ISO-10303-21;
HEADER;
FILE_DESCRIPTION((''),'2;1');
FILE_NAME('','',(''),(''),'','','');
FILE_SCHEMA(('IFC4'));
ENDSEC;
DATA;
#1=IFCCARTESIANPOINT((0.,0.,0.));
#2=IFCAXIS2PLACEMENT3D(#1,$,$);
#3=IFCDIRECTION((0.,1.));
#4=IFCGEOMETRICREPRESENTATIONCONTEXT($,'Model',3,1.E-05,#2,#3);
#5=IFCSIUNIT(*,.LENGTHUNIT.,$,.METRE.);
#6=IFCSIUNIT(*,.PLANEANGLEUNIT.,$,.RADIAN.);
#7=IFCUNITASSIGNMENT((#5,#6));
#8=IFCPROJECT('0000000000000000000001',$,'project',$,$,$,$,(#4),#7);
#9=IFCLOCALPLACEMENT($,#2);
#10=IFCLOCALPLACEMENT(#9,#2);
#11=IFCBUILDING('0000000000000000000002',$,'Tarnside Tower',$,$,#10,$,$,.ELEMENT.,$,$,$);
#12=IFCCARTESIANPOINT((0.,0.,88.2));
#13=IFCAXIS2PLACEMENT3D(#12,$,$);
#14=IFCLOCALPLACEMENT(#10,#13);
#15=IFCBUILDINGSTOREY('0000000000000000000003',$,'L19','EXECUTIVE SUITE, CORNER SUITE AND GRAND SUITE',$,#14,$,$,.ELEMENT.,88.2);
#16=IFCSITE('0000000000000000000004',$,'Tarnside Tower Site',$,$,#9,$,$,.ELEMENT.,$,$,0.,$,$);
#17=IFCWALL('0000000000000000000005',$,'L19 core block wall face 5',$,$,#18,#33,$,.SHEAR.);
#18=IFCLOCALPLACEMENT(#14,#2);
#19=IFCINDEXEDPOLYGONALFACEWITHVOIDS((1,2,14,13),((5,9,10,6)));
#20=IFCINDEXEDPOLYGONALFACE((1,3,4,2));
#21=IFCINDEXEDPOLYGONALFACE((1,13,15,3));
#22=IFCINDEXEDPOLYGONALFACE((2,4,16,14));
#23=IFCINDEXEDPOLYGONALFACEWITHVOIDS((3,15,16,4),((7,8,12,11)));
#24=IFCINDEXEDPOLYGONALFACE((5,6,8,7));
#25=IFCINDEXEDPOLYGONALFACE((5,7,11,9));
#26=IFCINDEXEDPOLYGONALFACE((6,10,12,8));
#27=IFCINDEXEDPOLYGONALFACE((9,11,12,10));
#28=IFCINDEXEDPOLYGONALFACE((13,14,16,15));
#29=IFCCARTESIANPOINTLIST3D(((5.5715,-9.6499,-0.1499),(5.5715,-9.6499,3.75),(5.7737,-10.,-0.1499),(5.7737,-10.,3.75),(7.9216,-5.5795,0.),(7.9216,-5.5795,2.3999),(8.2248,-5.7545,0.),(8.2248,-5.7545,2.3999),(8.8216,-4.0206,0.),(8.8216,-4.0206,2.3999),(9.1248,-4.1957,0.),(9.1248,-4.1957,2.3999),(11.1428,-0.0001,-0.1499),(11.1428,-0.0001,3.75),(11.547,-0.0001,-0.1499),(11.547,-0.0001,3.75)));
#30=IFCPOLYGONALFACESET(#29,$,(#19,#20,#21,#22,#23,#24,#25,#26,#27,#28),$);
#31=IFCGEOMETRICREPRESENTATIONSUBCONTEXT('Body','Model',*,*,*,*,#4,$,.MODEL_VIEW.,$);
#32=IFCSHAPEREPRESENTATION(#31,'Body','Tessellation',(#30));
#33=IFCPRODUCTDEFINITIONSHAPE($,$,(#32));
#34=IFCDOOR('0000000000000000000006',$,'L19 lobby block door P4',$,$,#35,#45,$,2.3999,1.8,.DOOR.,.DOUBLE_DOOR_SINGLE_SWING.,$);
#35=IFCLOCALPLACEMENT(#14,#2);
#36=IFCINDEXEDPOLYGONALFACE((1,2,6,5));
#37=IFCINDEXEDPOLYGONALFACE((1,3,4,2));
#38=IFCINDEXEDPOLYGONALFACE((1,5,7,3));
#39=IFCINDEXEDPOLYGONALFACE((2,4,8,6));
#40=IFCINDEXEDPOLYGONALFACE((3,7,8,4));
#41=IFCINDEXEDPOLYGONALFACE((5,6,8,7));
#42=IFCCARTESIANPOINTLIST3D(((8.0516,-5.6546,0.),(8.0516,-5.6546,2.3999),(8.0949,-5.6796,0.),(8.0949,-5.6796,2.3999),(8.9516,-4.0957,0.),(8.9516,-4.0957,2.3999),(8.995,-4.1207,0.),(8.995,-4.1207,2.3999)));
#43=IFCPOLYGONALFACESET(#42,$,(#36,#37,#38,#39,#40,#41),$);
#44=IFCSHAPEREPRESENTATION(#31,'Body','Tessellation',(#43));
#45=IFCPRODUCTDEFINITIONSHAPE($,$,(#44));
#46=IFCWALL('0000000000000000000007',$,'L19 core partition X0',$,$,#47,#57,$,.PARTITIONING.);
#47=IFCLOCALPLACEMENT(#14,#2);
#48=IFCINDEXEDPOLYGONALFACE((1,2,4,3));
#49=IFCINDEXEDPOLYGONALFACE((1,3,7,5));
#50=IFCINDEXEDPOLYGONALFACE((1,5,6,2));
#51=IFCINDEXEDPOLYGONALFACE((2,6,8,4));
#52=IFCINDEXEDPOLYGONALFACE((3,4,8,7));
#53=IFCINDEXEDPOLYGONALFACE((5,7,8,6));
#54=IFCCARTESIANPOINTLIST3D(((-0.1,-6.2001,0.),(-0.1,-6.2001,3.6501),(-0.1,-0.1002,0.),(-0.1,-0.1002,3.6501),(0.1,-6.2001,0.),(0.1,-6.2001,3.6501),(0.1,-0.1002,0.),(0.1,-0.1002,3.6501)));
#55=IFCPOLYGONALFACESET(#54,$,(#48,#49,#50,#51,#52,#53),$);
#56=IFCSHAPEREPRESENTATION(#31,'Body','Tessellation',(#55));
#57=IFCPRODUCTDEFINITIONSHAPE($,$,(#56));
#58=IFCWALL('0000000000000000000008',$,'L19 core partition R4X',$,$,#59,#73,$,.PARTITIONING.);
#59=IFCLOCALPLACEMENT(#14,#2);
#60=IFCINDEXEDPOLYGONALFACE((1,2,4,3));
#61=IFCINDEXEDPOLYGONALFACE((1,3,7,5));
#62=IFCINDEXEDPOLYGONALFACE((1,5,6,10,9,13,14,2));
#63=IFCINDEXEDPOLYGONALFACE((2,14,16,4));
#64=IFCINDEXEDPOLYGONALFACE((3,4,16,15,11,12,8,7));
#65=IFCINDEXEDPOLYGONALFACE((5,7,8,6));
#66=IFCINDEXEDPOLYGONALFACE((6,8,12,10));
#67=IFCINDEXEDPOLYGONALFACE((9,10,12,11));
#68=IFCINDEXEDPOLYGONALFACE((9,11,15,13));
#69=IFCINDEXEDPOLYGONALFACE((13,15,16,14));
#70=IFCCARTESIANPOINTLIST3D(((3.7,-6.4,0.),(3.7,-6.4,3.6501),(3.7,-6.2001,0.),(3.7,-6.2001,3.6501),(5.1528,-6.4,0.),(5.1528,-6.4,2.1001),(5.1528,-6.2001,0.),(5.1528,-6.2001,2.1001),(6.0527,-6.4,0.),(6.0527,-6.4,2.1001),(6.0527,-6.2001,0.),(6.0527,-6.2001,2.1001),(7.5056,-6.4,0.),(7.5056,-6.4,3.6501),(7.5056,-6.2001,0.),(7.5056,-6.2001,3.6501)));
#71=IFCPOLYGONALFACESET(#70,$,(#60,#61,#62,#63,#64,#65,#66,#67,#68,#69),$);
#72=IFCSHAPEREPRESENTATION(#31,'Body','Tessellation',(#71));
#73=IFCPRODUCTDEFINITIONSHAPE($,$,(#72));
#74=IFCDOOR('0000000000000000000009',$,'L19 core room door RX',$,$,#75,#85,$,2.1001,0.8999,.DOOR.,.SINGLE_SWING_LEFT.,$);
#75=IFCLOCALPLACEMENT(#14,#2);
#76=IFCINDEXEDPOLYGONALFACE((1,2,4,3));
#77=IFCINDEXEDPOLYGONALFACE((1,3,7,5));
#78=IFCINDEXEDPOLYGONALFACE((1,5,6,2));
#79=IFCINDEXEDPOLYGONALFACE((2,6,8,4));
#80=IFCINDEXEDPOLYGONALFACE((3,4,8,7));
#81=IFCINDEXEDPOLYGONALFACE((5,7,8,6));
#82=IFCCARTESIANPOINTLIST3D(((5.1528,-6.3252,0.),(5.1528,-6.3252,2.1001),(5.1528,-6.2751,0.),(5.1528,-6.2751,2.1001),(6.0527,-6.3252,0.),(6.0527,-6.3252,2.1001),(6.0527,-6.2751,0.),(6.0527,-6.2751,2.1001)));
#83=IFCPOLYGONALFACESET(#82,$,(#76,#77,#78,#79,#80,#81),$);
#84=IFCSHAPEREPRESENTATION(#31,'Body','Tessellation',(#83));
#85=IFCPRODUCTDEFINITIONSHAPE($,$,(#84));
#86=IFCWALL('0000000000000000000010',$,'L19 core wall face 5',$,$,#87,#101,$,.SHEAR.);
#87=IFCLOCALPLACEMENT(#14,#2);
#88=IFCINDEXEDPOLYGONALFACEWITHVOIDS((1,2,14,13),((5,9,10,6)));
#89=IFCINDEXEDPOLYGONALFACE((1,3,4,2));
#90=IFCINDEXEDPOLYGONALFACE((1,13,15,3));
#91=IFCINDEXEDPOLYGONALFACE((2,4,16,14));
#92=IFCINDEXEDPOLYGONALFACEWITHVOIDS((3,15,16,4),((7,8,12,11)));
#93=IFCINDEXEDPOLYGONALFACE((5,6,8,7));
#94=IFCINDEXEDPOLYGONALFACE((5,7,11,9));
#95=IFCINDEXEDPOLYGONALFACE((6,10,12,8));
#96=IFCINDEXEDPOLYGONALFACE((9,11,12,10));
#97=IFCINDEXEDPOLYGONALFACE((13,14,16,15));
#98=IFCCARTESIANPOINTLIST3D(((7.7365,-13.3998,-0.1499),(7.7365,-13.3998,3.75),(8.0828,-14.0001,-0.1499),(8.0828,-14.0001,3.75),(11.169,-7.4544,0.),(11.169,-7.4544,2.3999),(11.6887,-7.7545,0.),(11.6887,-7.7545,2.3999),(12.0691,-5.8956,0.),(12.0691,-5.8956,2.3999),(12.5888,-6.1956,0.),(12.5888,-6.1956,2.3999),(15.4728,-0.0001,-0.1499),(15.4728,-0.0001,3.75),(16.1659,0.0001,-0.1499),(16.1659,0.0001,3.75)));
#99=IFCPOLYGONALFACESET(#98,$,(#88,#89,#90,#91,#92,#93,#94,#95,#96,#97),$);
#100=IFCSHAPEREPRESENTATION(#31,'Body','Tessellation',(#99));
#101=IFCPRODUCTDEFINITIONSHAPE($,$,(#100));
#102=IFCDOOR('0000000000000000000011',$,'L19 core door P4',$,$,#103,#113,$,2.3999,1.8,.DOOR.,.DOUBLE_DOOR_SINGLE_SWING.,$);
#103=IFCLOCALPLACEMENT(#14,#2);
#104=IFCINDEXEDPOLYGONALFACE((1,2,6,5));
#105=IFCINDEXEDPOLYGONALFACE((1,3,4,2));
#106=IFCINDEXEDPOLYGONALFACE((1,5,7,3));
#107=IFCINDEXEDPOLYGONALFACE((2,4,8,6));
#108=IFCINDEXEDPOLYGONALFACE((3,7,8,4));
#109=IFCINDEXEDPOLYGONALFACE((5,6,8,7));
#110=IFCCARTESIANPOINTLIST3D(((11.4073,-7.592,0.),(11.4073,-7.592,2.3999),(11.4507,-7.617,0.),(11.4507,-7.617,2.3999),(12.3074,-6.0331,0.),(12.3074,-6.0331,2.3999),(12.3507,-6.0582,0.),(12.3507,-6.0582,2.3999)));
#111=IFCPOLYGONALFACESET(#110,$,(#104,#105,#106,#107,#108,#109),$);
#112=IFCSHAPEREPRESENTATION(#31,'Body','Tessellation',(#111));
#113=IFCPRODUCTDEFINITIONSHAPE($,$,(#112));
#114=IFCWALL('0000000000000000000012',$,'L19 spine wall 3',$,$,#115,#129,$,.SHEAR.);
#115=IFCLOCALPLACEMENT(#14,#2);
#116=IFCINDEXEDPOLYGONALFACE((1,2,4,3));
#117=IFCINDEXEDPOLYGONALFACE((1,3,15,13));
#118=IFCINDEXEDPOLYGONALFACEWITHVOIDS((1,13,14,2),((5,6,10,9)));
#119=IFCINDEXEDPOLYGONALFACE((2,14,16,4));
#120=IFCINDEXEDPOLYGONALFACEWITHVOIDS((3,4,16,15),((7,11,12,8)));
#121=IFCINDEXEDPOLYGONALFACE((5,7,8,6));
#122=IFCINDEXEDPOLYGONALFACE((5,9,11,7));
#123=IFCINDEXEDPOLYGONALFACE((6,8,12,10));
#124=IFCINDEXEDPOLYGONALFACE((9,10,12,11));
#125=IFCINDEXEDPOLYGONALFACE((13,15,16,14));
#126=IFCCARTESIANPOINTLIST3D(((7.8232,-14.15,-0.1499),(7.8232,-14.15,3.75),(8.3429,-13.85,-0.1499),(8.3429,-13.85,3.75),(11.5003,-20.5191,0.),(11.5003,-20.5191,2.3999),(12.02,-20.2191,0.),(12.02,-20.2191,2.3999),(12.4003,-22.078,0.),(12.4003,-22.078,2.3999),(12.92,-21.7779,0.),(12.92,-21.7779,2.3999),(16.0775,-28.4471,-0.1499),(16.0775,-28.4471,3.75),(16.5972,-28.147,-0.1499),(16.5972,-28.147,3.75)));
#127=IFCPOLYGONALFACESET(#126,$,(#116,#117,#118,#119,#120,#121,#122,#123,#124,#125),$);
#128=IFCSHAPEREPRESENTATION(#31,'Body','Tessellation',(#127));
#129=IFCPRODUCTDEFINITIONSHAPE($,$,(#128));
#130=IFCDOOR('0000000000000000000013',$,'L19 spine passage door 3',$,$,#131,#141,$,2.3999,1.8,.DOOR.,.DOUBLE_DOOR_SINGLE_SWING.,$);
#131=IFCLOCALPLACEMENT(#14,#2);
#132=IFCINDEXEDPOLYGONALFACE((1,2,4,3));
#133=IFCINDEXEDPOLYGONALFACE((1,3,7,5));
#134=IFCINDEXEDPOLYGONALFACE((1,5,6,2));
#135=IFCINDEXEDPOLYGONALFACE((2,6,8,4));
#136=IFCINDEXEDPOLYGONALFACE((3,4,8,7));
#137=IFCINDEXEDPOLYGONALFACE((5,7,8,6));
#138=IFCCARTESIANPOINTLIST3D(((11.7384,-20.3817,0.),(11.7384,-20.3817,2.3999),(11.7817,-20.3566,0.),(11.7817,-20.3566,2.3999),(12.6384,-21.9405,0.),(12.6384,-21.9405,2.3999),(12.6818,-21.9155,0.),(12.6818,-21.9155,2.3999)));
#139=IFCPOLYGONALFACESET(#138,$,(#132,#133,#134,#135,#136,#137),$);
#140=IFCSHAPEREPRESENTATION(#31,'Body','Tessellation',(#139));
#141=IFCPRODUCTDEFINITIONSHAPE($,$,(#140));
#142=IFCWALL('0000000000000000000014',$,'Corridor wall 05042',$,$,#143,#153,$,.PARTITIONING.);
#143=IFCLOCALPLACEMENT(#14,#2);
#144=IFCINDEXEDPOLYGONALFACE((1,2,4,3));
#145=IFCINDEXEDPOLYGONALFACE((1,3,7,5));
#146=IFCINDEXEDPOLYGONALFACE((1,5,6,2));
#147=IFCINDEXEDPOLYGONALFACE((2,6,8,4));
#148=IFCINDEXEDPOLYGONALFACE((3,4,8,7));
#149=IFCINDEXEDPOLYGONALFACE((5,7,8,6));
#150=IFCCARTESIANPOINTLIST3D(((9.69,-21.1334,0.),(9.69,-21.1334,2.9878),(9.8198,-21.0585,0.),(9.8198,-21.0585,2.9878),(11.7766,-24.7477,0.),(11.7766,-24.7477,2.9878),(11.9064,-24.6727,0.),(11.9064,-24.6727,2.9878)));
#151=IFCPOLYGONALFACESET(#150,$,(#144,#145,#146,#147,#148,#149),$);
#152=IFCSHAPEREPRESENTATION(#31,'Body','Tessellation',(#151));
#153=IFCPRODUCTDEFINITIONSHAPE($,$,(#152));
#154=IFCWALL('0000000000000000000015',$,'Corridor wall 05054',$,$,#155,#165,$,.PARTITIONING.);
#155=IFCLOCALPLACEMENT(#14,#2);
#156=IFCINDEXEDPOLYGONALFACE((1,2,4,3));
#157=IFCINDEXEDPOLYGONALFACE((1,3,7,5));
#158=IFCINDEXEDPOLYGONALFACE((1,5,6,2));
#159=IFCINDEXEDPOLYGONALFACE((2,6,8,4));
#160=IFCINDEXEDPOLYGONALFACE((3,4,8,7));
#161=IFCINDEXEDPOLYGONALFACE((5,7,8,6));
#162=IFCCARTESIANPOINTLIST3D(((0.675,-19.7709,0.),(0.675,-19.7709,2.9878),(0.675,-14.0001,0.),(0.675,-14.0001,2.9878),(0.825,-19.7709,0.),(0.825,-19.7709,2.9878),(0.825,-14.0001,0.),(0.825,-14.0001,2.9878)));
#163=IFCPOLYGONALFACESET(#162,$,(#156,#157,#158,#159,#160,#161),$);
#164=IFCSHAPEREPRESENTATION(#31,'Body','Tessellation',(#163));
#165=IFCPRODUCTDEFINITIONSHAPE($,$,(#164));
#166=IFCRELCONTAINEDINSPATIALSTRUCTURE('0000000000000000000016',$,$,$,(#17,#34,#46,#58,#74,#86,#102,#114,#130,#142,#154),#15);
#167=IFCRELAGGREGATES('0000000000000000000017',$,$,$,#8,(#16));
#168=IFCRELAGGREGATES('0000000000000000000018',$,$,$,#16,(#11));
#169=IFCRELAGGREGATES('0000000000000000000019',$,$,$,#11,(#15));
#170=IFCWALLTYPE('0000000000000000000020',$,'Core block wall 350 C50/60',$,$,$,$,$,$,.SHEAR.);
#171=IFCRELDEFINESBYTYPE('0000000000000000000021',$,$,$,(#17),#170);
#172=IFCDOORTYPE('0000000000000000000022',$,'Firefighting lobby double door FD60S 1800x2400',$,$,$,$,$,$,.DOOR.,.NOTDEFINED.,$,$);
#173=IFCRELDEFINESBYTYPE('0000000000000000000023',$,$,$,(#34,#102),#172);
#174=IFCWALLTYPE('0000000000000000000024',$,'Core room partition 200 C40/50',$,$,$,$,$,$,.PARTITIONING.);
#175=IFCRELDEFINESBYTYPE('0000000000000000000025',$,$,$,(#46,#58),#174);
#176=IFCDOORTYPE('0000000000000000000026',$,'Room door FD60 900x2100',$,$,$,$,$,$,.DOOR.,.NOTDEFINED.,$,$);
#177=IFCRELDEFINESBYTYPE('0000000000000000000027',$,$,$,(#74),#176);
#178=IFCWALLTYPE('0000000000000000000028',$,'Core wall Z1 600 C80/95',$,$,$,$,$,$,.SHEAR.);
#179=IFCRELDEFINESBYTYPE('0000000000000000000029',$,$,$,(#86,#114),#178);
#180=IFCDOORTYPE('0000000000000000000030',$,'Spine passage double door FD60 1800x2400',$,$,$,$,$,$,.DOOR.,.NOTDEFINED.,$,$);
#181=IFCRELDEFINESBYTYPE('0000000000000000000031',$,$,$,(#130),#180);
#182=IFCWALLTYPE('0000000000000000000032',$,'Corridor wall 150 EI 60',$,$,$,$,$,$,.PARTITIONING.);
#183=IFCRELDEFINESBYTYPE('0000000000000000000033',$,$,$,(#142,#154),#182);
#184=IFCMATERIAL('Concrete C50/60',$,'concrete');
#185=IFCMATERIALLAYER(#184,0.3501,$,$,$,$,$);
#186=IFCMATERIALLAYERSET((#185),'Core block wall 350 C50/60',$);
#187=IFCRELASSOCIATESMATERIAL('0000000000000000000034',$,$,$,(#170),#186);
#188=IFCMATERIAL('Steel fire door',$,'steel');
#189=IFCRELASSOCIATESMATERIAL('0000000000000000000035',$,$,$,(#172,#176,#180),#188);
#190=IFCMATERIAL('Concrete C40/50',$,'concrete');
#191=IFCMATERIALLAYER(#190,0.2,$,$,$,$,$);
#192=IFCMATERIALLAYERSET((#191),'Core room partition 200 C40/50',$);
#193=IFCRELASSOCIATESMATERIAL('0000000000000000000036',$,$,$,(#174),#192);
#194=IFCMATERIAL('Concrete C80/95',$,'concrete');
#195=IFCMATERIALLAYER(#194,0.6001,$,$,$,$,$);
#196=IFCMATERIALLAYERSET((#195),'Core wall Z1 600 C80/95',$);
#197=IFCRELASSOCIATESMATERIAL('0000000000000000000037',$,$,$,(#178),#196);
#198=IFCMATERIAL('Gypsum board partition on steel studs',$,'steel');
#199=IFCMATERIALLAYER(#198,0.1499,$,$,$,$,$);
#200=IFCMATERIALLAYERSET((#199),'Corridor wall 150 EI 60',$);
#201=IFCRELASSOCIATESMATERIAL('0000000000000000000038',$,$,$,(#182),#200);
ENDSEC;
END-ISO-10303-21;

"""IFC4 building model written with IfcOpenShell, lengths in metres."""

from ifc_helpers import new_model, si_unit, direction, frame, frame_2d, origin, place, context, subcontext, project, spatial, polyline, rectangle, outline, extrude, material, layer, layer_set, type_object, element, fill, save


model = new_model("IFC4")

# Units and contexts
model_context = context("Model", 3, precision=1e-05, world=origin(), true_north=direction((0.0, 1.0)))
body_context = subcontext(model_context, "Body", "Model", "MODEL_VIEW")
ifc_project = project(units=[si_unit("LENGTHUNIT", "METRE"), si_unit("PLANEANGLEUNIT", "RADIAN")], contexts=[model_context])

# Site, building, storey
site_placement = place(None, origin())
site = spatial("IfcSite", under=ifc_project, at=site_placement, Name="Tarnside Tower Site", CompositionType="ELEMENT", RefElevation=0.0)
building_placement = place(site_placement, origin())
building = spatial("IfcBuilding", under=site, at=building_placement, Name="Tarnside Tower", CompositionType="ELEMENT")
storey_placement = place(building_placement, frame((0.0, 0.0, 88.2)))
storey = spatial("IfcBuildingStorey", under=building, at=storey_placement, Name="L19", Description="EXECUTIVE SUITE, CORNER SUITE AND GRAND SUITE", CompositionType="ELEMENT", Elevation=88.2)

# Shared definitions
ifc_material_1 = material(Name="Gypsum board partition on steel studs", Category="steel")

# Wall, opening, door
ifc_material_2 = material(Name="Concrete C50/60", Category="concrete")
ifc_layer_1 = layer(ifc_material_2, 0.3501)
ifc_layer_set_1 = layer_set([ifc_layer_1], Name="Core block wall 350 C50/60")
wall_type_1 = type_object("IfcWallType", Name="Core block wall 350 C50/60", PredefinedType="SHEAR", material=ifc_layer_set_1)
wall_1_placement = place(storey_placement, frame((5.6726, -9.825, -0.1499), z_axis=(0.0, 0.0, 1.0), x_axis=(0.499995, 0.866028, 0.0)))
wall_1 = element("IfcWall", 1, at=wall_1_placement, inside=storey, type_object=wall_type_1, Name="L19 core block wall face 5", PredefinedType="SHEAR", context=body_context, shape_type="SweptSolid", body=[
    extrude(outline(polyline([(-0.1011, -0.175), (11.4458, -0.175), (11.2437, 0.175), (0.1011, 0.175), (-0.1011, -0.175)])), origin(), (0.0, 0.0, 1.0), 3.8999),
])
opening_1_placement = place(wall_1_placement, frame((4.8013, 0.0, 0.1499)))
opening_1 = element("IfcOpeningElement", 2, at=opening_1_placement, cuts=wall_1, PredefinedType="OPENING", context=body_context, shape_type="SweptSolid", body=[
    extrude(rectangle(XDim=1.8, YDim=2.3999, at=frame_2d((0.8999, 1.2))), frame((0.0, 0.1851, 0.0), z_axis=(0.0, -1.0, 0.0), x_axis=(1.0, 0.0, 0.0)), (0.0, 0.0, 1.0), 0.3701),
])
ifc_material_3 = material(Name="Steel fire door", Category="steel")
door_type_1 = type_object("IfcDoorType", Name="Firefighting lobby double door FD60S 1800x2400", OperationType="NOTDEFINED", PredefinedType="DOOR", material=ifc_material_3)
door_1_placement = place(opening_1_placement, origin())
door_1 = element("IfcDoor", 3, at=door_1_placement, inside=storey, type_object=door_type_1, Name="L19 lobby block door P4", OperationType="DOUBLE_DOOR_SINGLE_SWING", OverallHeight=2.3999, OverallWidth=1.8, PredefinedType="DOOR", context=body_context, shape_type="SweptSolid", body=[
    extrude(rectangle(XDim=1.8, YDim=2.3999, at=frame_2d((0.8999, 1.2))), frame((0.0, 0.0249, 0.0), z_axis=(0.0, -1.0, 0.0), x_axis=(1.0, 0.0, 0.0)), (0.0, 0.0, 1.0), 0.05),
])
fill(opening_1, door_1)

# Wall
ifc_material_4 = material(Name="Concrete C40/50", Category="concrete")
ifc_layer_2 = layer(ifc_material_4, 0.2)
ifc_layer_set_2 = layer_set([ifc_layer_2], Name="Core room partition 200 C40/50")
wall_type_2 = type_object("IfcWallType", Name="Core room partition 200 C40/50", PredefinedType="PARTITIONING", material=ifc_layer_set_2)
wall_2_placement = place(storey_placement, frame((0.0, -6.2, 0.0), z_axis=(0.0, 0.0, 1.0), x_axis=(0.0, 1.0, 0.0)))
element("IfcWall", 4, at=wall_2_placement, inside=storey, type_object=wall_type_2, Name="L19 core partition X0", PredefinedType="PARTITIONING", context=body_context, shape_type="SweptSolid", body=[
    extrude(rectangle(XDim=6.0999, YDim=0.2, at=frame_2d((3.0498, 0.0))), origin(), (0.0, 0.0, 1.0), 3.6501),
])

# Walls, openings, doors
wall_3_placement = place(storey_placement, frame((3.7, -6.3, 0.0), z_axis=(0.0, 0.0, 1.0), x_axis=(1.0, 0.0, 0.0)))
wall_3 = element("IfcWall", 5, at=wall_3_placement, inside=storey, type_object=wall_type_2, Name="L19 core partition R4X", PredefinedType="PARTITIONING", context=body_context, shape_type="SweptSolid", body=[
    extrude(rectangle(XDim=3.8057, YDim=0.2, at=frame_2d((1.9028, 0.0))), origin(), (0.0, 0.0, 1.0), 3.6501),
])
opening_2_placement = place(wall_3_placement, frame((1.4529, 0.0, 0.0)))
opening_2 = element("IfcOpeningElement", 6, at=opening_2_placement, cuts=wall_3, PredefinedType="OPENING", context=body_context, shape_type="SweptSolid", body=[
    extrude(rectangle(XDim=0.8999, YDim=2.1001, at=frame_2d((0.45, 1.05))), frame((0.0, 0.1099, 0.0), z_axis=(0.0, -1.0, 0.0), x_axis=(1.0, 0.0, 0.0)), (0.0, 0.0, 1.0), 0.22),
])
door_type_2 = type_object("IfcDoorType", Name="Room door FD60 900x2100", OperationType="NOTDEFINED", PredefinedType="DOOR", material=ifc_material_3)
door_2_placement = place(opening_2_placement, origin())
door_2 = element("IfcDoor", 7, at=door_2_placement, inside=storey, type_object=door_type_2, Name="L19 core room door RX", OperationType="SINGLE_SWING_LEFT", OverallHeight=2.1001, OverallWidth=0.8999, PredefinedType="DOOR", context=body_context, shape_type="SweptSolid", body=[
    extrude(rectangle(XDim=0.8999, YDim=2.1001, at=frame_2d((0.45, 1.05))), frame((0.0, 0.0249, 0.0), z_axis=(0.0, -1.0, 0.0), x_axis=(1.0, 0.0, 0.0)), (0.0, 0.0, 1.0), 0.05),
])
fill(opening_2, door_2)
ifc_material_5 = material(Name="Concrete C80/95", Category="concrete")
ifc_layer_3 = layer(ifc_material_5, 0.6001)
ifc_layer_set_3 = layer_set([ifc_layer_3], Name="Core wall Z1 600 C80/95")
wall_type_3 = type_object("IfcWallType", Name="Core wall Z1 600 C80/95", PredefinedType="SHEAR", material=ifc_layer_set_3)
wall_4_placement = place(storey_placement, frame((7.9097, -13.7, -0.1499), z_axis=(0.0, 0.0, 1.0), x_axis=(0.5, 0.866025, 0.0)))
wall_4 = element("IfcWall", 8, at=wall_4_placement, inside=storey, type_object=wall_type_3, Name="L19 core wall face 5", PredefinedType="SHEAR", context=body_context, shape_type="SweptSolid", body=[
    extrude(outline(polyline([(-0.1733, -0.3), (15.9927, -0.3), (15.646, 0.3), (0.1733, 0.3), (-0.1733, -0.3)])), origin(), (0.0, 0.0, 1.0), 3.8999),
])
opening_3_placement = place(wall_4_placement, frame((7.0386, 0.0, 0.1499)))
opening_3 = element("IfcOpeningElement", 9, at=opening_3_placement, cuts=wall_4, PredefinedType="OPENING", context=body_context, shape_type="SweptSolid", body=[
    extrude(rectangle(XDim=1.8, YDim=2.3999, at=frame_2d((0.8999, 1.2))), frame((0.0, 0.3101, 0.0), z_axis=(0.0, -1.0, 0.0), x_axis=(1.0, 0.0, 0.0)), (0.0, 0.0, 1.0), 0.6201),
])
door_3_placement = place(opening_3_placement, origin())
door_3 = element("IfcDoor", 10, at=door_3_placement, inside=storey, type_object=door_type_1, Name="L19 core door P4", OperationType="DOUBLE_DOOR_SINGLE_SWING", OverallHeight=2.3999, OverallWidth=1.8, PredefinedType="DOOR", context=body_context, shape_type="SweptSolid", body=[
    extrude(rectangle(XDim=1.8, YDim=2.3999, at=frame_2d((0.8999, 1.2))), frame((0.0, 0.0249, 0.0), z_axis=(0.0, -1.0, 0.0), x_axis=(1.0, 0.0, 0.0)), (0.0, 0.0, 1.0), 0.05),
])
fill(opening_3, door_3)
wall_5_placement = place(storey_placement, frame((8.083, -14.0, -0.1499), z_axis=(0.0, 0.0, 1.0), x_axis=(0.499998, -0.866027, 0.0)))
wall_5 = element("IfcWall", 11, at=wall_5_placement, inside=storey, type_object=wall_type_3, Name="L19 spine wall 3", PredefinedType="SHEAR", context=body_context, shape_type="SweptSolid", body=[
    extrude(rectangle(XDim=16.5088, YDim=0.6001, at=frame_2d((8.2544, 0.0))), origin(), (0.0, 0.0, 1.0), 3.8999),
])
opening_4_placement = place(wall_5_placement, frame((7.3545, 0.0, 0.1499)))
opening_4 = element("IfcOpeningElement", 12, at=opening_4_placement, cuts=wall_5, PredefinedType="OPENING", context=body_context, shape_type="SweptSolid", body=[
    extrude(rectangle(XDim=1.8, YDim=2.3999, at=frame_2d((0.8999, 1.2))), frame((0.0, 0.3101, 0.0), z_axis=(0.0, -1.0, 0.0), x_axis=(1.0, 0.0, 0.0)), (0.0, 0.0, 1.0), 0.6201),
])
door_type_3 = type_object("IfcDoorType", Name="Spine passage double door FD60 1800x2400", OperationType="NOTDEFINED", PredefinedType="DOOR", material=ifc_material_3)
door_4_placement = place(opening_4_placement, origin())
door_4 = element("IfcDoor", 13, at=door_4_placement, inside=storey, type_object=door_type_3, Name="L19 spine passage door 3", OperationType="DOUBLE_DOOR_SINGLE_SWING", OverallHeight=2.3999, OverallWidth=1.8, PredefinedType="DOOR", context=body_context, shape_type="SweptSolid", body=[
    extrude(rectangle(XDim=1.8, YDim=2.3999, at=frame_2d((0.8999, 1.2))), frame((0.0, 0.0249, 0.0), z_axis=(0.0, -1.0, 0.0), x_axis=(1.0, 0.0, 0.0)), (0.0, 0.0, 1.0), 0.05),
])
fill(opening_4, door_4)

# Walls
ifc_layer_4 = layer(ifc_material_1, 0.1499)
ifc_layer_set_4 = layer_set([ifc_layer_4], Name="Corridor wall 150 EI 60")
wall_type_4 = type_object("IfcWallType", Name="Corridor wall 150 EI 60", PredefinedType="PARTITIONING", material=ifc_layer_set_4)
wall_6_placement = place(storey_placement, frame((9.7549, -21.0959, 0.0), z_axis=(0.0, 0.0, 1.0), x_axis=(0.499996, -0.866028, 0.0)))
element("IfcWall", 14, at=wall_6_placement, inside=storey, type_object=wall_type_4, Name="Corridor wall 05042", PredefinedType="PARTITIONING", context=body_context, shape_type="SweptSolid", body=[
    extrude(rectangle(XDim=4.1733, YDim=0.1499, at=frame_2d((2.0867, 0.0))), origin(), (0.0, 0.0, 1.0), 2.9878),
])
wall_7_placement = place(storey_placement, frame((0.75, -19.7708, 0.0), z_axis=(0.0, 0.0, 1.0), x_axis=(0.0, 1.0, 0.0)))
element("IfcWall", 15, at=wall_7_placement, inside=storey, type_object=wall_type_4, Name="Corridor wall 05054", PredefinedType="PARTITIONING", context=body_context, shape_type="SweptSolid", body=[
    extrude(rectangle(XDim=5.7708, YDim=0.1499, at=frame_2d((2.8853, 0.0))), origin(), (0.0, 0.0, 1.0), 2.9878),
])

save(model, "model.ifc")
